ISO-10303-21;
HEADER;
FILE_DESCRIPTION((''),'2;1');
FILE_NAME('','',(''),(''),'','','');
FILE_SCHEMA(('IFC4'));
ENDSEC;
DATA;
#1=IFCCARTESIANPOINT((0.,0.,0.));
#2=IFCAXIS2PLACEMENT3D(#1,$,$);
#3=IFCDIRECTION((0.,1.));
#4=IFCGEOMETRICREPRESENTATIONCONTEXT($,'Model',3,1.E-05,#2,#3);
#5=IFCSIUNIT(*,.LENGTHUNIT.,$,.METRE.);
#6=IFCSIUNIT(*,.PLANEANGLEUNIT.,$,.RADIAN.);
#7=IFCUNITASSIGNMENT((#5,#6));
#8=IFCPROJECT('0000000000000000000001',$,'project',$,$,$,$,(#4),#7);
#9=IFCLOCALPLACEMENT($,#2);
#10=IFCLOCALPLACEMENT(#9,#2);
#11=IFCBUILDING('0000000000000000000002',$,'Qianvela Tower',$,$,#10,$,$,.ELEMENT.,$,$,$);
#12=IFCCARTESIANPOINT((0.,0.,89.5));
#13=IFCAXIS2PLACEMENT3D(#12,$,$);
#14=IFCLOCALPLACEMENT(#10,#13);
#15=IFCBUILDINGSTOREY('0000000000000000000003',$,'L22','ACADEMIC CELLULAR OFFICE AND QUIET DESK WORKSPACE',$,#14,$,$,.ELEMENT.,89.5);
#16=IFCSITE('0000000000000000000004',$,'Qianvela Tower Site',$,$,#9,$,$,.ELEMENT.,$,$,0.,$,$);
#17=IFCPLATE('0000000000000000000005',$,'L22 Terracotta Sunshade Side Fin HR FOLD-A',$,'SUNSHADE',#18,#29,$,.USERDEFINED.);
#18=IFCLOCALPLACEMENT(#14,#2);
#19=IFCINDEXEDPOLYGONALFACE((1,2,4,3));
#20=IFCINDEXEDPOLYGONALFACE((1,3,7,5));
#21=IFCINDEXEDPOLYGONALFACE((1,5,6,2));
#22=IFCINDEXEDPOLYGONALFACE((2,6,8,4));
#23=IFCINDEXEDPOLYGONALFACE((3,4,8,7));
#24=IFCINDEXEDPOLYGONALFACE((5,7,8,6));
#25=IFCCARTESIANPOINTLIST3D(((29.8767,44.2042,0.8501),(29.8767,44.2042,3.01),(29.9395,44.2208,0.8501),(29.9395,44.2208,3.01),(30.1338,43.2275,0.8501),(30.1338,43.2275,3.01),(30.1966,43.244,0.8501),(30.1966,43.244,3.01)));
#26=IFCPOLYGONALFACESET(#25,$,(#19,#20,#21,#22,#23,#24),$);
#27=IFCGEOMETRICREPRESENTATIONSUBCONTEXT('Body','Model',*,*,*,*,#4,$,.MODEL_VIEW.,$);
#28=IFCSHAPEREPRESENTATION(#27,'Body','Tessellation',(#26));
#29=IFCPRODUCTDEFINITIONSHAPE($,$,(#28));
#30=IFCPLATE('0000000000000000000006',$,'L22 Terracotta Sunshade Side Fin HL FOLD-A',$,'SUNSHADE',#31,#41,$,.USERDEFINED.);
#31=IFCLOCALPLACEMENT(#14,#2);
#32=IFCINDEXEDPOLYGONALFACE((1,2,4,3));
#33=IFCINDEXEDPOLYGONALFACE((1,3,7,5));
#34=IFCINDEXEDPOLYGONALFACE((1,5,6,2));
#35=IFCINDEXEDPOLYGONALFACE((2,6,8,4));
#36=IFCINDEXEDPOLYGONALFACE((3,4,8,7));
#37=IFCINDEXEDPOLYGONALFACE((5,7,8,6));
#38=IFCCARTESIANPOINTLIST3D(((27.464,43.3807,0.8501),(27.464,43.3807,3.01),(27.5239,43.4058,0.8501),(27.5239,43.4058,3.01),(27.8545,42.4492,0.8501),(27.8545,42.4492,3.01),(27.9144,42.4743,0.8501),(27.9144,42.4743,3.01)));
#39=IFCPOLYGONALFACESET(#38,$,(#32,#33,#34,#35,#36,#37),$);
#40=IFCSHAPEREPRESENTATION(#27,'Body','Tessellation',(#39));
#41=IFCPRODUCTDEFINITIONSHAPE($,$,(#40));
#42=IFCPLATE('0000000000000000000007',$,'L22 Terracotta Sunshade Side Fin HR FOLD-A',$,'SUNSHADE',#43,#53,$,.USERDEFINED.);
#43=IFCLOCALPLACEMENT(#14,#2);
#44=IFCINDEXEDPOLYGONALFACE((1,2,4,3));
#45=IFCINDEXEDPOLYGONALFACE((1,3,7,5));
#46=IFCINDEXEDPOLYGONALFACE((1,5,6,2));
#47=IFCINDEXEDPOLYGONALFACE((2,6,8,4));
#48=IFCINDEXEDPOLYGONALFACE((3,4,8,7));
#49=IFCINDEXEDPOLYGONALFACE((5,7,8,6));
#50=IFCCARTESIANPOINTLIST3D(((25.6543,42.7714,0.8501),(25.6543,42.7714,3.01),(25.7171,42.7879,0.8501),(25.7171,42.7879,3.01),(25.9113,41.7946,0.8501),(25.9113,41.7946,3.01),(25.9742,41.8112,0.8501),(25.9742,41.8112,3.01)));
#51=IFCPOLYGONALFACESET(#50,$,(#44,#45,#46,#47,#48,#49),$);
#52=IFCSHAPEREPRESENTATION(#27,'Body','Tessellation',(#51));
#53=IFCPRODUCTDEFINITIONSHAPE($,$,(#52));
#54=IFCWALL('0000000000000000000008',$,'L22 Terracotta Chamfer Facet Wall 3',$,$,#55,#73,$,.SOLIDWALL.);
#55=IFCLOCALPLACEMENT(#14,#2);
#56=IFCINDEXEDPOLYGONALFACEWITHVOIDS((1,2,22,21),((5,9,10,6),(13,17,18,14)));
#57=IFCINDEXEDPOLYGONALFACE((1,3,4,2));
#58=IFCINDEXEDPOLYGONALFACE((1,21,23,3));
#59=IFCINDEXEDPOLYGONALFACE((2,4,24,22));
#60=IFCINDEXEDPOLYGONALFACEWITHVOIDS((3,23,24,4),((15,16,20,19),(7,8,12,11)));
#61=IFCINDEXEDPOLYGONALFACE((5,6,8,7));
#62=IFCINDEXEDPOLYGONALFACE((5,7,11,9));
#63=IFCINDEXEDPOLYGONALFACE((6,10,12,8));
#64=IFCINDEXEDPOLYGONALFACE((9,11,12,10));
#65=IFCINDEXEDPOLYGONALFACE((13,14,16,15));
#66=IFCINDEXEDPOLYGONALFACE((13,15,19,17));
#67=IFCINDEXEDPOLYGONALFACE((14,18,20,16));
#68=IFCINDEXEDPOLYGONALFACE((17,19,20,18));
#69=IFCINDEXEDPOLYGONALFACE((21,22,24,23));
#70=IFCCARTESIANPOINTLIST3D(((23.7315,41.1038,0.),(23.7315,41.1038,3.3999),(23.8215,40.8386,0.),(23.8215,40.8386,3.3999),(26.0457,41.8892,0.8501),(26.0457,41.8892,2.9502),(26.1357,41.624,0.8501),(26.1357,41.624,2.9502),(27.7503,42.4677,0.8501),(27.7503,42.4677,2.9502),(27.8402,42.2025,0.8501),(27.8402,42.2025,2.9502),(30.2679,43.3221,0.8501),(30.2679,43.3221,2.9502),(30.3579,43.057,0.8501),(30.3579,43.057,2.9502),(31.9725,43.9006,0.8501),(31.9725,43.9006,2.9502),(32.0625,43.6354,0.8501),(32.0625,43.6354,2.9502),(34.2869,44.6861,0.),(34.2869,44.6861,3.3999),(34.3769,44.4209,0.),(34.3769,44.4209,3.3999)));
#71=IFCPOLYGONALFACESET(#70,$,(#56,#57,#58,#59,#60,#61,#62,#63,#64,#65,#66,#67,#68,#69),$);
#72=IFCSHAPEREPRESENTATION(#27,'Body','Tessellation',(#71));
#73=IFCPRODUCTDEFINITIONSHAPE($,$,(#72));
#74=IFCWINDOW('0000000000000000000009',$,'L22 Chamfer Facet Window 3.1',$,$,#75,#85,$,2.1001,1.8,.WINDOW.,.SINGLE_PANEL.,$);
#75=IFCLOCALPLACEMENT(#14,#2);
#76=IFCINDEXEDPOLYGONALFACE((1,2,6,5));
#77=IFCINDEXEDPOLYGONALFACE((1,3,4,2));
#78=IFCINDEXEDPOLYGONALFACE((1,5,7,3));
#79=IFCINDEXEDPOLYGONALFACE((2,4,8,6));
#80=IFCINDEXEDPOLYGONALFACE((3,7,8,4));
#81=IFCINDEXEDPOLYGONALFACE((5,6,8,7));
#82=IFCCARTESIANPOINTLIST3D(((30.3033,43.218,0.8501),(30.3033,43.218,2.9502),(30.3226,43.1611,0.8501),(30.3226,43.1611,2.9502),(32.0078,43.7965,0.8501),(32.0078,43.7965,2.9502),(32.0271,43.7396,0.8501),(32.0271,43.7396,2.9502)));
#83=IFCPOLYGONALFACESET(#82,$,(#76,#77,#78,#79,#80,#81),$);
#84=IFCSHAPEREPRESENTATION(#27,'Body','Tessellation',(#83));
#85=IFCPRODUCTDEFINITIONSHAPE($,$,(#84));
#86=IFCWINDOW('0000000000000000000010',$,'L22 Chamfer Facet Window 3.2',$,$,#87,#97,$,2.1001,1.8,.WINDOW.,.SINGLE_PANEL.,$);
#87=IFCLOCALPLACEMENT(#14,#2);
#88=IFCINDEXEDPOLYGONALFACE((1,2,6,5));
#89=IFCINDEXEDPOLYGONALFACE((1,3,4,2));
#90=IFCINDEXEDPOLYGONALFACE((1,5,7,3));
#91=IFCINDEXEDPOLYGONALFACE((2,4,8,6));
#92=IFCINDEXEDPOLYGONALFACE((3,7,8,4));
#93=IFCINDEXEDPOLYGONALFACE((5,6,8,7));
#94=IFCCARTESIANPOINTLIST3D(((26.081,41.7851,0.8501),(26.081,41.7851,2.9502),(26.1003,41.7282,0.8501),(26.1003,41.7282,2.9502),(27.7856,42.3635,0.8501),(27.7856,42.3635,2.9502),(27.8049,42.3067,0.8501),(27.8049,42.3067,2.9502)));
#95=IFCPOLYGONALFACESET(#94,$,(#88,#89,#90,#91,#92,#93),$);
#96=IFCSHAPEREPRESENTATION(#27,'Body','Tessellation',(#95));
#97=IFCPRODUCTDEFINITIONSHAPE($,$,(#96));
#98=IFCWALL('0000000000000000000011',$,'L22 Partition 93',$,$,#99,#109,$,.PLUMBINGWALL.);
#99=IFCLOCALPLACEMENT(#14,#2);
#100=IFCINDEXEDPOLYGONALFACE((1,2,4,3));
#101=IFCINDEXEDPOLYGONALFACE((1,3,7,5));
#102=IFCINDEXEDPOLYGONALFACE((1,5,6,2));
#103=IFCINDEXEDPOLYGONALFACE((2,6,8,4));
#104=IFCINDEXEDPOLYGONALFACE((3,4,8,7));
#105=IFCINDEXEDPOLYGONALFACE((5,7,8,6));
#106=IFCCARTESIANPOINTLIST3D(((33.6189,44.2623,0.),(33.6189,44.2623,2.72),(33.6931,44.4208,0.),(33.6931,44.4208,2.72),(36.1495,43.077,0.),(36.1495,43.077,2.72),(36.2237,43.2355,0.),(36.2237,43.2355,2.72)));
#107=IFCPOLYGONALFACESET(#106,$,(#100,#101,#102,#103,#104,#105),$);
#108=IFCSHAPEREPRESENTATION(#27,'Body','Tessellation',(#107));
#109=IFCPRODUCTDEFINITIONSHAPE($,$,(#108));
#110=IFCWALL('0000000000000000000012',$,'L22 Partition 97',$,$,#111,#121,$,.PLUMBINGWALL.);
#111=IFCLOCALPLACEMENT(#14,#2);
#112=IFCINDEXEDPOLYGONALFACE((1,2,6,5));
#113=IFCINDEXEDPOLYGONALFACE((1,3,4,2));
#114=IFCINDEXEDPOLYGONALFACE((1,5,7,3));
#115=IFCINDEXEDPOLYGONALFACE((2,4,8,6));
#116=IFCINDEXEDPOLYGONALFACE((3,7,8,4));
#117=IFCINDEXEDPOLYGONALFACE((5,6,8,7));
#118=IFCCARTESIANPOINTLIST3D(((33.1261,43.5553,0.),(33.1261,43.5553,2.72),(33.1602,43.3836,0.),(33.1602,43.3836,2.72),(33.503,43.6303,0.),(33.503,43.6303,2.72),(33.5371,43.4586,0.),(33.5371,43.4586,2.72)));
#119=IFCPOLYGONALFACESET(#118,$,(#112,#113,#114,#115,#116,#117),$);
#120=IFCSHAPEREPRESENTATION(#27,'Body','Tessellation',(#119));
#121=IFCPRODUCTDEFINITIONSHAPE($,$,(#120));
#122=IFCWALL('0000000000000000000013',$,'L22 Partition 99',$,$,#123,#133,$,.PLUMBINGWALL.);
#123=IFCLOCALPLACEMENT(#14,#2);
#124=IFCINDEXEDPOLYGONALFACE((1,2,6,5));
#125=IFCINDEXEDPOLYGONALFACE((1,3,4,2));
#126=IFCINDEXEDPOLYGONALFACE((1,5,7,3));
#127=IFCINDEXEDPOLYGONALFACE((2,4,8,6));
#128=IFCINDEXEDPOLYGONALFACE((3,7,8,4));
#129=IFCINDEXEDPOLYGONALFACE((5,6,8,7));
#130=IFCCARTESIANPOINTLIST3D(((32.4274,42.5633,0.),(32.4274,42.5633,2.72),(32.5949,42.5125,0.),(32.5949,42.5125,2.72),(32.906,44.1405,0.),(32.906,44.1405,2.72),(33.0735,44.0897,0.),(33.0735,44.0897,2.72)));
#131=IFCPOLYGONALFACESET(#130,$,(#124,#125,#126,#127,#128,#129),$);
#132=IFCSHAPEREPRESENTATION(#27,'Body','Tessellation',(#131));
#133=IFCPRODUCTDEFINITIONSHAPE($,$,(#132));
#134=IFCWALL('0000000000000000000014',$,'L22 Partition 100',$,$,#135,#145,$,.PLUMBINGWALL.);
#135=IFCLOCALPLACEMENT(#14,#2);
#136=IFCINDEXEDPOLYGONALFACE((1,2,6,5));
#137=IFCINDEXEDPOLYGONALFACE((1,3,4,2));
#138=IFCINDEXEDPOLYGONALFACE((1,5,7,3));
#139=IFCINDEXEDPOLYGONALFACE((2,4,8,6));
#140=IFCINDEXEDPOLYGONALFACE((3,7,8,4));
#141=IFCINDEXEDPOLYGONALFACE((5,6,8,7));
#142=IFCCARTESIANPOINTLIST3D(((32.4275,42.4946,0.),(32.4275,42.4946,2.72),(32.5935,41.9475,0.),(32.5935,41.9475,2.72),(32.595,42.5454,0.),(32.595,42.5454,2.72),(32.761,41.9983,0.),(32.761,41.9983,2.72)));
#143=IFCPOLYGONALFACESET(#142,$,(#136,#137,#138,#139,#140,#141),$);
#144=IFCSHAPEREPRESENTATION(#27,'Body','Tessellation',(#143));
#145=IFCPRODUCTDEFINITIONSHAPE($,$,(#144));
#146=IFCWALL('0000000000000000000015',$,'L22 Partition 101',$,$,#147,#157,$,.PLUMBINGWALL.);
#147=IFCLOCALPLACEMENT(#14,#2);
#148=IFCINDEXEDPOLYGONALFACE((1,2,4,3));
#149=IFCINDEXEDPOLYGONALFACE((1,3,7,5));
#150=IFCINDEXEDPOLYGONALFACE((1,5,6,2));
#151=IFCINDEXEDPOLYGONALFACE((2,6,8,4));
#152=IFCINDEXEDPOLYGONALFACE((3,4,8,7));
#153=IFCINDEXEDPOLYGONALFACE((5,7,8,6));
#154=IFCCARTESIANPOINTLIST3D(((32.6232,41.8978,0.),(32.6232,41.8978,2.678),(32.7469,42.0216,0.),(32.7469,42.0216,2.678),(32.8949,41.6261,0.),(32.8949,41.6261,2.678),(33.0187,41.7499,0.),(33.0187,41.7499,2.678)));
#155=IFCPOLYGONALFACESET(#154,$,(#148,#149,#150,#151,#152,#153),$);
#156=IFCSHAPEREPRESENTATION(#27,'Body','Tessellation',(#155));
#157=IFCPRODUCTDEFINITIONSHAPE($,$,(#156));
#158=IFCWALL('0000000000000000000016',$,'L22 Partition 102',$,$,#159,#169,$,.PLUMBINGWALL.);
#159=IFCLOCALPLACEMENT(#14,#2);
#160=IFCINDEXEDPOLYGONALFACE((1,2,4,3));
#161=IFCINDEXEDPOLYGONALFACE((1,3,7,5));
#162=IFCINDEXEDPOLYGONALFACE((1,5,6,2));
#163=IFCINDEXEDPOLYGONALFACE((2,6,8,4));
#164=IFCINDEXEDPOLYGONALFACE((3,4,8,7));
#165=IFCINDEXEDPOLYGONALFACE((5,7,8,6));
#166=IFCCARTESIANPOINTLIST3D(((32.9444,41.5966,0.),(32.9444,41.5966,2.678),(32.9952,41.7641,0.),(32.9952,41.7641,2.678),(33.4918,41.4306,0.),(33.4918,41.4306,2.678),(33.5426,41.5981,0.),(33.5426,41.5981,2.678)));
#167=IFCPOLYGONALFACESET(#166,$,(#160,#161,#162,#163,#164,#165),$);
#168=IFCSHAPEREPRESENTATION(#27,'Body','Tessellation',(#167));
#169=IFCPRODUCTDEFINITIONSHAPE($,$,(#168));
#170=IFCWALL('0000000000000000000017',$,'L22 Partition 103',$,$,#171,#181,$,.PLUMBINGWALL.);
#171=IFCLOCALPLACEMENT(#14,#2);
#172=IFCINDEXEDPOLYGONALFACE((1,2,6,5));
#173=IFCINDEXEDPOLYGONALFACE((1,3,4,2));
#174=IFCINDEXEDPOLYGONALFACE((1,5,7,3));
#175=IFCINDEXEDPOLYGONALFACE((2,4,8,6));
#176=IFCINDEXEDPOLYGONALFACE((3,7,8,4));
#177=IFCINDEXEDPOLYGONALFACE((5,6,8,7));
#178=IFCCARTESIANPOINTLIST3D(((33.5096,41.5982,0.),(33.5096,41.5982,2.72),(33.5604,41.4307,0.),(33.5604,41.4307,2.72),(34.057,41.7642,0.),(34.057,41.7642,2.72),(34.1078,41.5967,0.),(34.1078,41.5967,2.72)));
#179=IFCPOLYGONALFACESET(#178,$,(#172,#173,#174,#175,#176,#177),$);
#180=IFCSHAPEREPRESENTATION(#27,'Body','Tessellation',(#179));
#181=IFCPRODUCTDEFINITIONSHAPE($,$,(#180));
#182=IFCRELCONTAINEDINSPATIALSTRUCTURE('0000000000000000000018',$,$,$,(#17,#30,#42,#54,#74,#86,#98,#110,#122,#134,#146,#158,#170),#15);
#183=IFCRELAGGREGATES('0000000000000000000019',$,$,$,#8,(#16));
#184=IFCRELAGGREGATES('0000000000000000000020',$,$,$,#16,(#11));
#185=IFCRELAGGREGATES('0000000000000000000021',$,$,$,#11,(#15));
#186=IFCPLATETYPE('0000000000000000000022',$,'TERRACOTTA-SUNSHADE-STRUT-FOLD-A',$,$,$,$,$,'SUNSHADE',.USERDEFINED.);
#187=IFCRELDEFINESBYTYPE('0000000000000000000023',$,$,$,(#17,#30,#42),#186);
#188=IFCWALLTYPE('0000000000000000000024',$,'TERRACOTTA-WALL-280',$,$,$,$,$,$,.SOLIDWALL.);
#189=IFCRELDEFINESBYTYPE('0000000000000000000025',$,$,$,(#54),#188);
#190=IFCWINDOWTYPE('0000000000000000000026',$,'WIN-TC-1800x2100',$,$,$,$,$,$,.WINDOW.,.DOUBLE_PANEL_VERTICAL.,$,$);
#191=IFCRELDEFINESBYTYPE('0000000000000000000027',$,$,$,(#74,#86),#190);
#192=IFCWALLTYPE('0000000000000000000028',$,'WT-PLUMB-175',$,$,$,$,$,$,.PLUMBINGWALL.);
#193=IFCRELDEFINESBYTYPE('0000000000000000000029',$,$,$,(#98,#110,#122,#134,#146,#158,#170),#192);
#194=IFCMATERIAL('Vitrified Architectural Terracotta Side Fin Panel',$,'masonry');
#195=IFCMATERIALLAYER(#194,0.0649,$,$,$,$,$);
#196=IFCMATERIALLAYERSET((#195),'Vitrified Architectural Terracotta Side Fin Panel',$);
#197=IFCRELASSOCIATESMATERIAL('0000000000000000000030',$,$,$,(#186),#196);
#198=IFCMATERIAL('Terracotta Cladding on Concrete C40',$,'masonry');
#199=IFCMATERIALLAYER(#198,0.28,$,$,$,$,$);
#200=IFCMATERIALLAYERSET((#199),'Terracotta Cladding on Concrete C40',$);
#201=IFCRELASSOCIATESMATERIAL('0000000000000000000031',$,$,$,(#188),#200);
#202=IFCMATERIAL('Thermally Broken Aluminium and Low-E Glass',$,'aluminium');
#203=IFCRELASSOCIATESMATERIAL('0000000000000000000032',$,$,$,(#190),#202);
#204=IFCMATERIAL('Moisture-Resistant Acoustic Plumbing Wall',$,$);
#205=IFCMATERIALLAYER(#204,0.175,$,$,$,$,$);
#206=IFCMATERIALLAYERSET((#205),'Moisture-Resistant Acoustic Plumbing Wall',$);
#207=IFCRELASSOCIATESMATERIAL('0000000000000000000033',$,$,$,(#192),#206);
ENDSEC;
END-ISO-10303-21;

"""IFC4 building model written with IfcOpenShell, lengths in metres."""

from ifc_helpers import new_model, si_unit, direction, frame, frame_2d, origin, origin_2d, place, context, subcontext, project, spatial, rectangle, extrude, material, layer, layer_set, type_object, element, fill, save


model = new_model("IFC4")

# Units and contexts
model_context = context("Model", 3, precision=1e-05, world=origin(), true_north=direction((0.0, 1.0)))
body_context = subcontext(model_context, "Body", "Model", "MODEL_VIEW")
ifc_project = project(units=[si_unit("LENGTHUNIT", "METRE"), si_unit("PLANEANGLEUNIT", "RADIAN")], contexts=[model_context])

# Site, building, storey
site_placement = place(None, origin())
site = spatial("IfcSite", under=ifc_project, at=site_placement, Name="Qianvela Tower Site", CompositionType="ELEMENT", RefElevation=0.0)
building_placement = place(site_placement, origin())
building = spatial("IfcBuilding", under=site, at=building_placement, Name="Qianvela Tower", CompositionType="ELEMENT")
storey_placement = place(building_placement, frame((0.0, 0.0, 89.5)))
storey = spatial("IfcBuildingStorey", under=building, at=storey_placement, Name="L22", Description="ACADEMIC CELLULAR OFFICE AND QUIET DESK WORKSPACE", CompositionType="ELEMENT", Elevation=89.5)

# Plates
ifc_material_1 = material(Name="Vitrified Architectural Terracotta Side Fin Panel", Category="masonry")
ifc_layer_1 = layer(ifc_material_1, 0.0649)
ifc_layer_set_1 = layer_set([ifc_layer_1], Name="Vitrified Architectural Terracotta Side Fin Panel")
plate_type_1 = type_object("IfcPlateType", Name="TERRACOTTA-SUNSHADE-STRUT-FOLD-A", ElementType="SUNSHADE", PredefinedType="USERDEFINED", material=ifc_layer_set_1)
for number, where, z_axis, x_axis, name in (
    (1, (30.0366, 43.7241, 0.8501), (0.0, 0.0, 1.0), (-0.967063, -0.254536, 0.0), "L22 Terracotta Sunshade Side Fin HR FOLD-A"),
    (2, (27.6892, 42.9275, 0.8501), (0.0, 0.0, 1.0), (-0.922227, -0.386648, 0.0), "L22 Terracotta Sunshade Side Fin HL FOLD-A"),
    (3, (25.8142, 42.2913, 0.8501), (0.0, 0.0, 1.0), (-0.967063, -0.254536, 0.0), "L22 Terracotta Sunshade Side Fin HR FOLD-A"),
):
    element("IfcPlate", number, at=place(storey_placement, frame(where, z_axis=z_axis, x_axis=x_axis)), inside=storey, type_object=plate_type_1, Name=name, ObjectType="SUNSHADE", PredefinedType="USERDEFINED", context=body_context, shape_type="SweptSolid", body=[
        extrude(rectangle(XDim=0.0649, YDim=1.01, at=origin_2d()), origin(), (0.0, 0.0, 1.0), 2.1599),
    ])

# Wall, openings, windows
ifc_material_2 = material(Name="Terracotta Cladding on Concrete C40", Category="masonry")
ifc_layer_2 = layer(ifc_material_2, 0.28)
ifc_layer_set_2 = layer_set([ifc_layer_2], Name="Terracotta Cladding on Concrete C40")
wall_type_1 = type_object("IfcWallType", Name="TERRACOTTA-WALL-280", PredefinedType="SOLIDWALL", material=ifc_layer_set_2)
wall_1_placement = place(storey_placement, frame((34.3318, 44.5535, 0.0), z_axis=(0.0, 0.0, 1.0), x_axis=(-0.946952, -0.321375, 0.0)))
wall_1 = element("IfcWall", 4, at=wall_1_placement, inside=storey, type_object=wall_type_1, Name="L22 Terracotta Chamfer Facet Wall 3", PredefinedType="SOLIDWALL", context=body_context, shape_type="SweptSolid", body=[
    extrude(rectangle(XDim=11.1467, YDim=0.28, at=frame_2d((5.5732, 0.0))), origin(), (0.0, 0.0, 1.0), 3.3999),
])
opening_1_placement = place(wall_1_placement, frame((2.4441, 0.0, 0.8501)))
opening_1 = element("IfcOpeningElement", 5, at=opening_1_placement, cuts=wall_1, PredefinedType="OPENING", context=body_context, shape_type="SweptSolid", body=[
    extrude(rectangle(XDim=1.8, YDim=2.1001, at=frame_2d((0.8999, 1.05))), frame((0.0, 0.1499, 0.0), z_axis=(0.0, -1.0, 0.0), x_axis=(1.0, 0.0, 0.0)), (0.0, 0.0, 1.0), 0.3),
])
opening_2_placement = place(wall_1_placement, frame((6.9028, 0.0, 0.8501)))
opening_2 = element("IfcOpeningElement", 6, at=opening_2_placement, cuts=wall_1, PredefinedType="OPENING", context=body_context, shape_type="SweptSolid", body=[
    extrude(rectangle(XDim=1.8, YDim=2.1001, at=frame_2d((0.8999, 1.05))), frame((0.0, 0.1499, 0.0), z_axis=(0.0, -1.0, 0.0), x_axis=(1.0, 0.0, 0.0)), (0.0, 0.0, 1.0), 0.3),
])
ifc_material_3 = material(Name="Thermally Broken Aluminium and Low-E Glass", Category="aluminium")
window_type = type_object("IfcWindowType", Name="WIN-TC-1800x2100", PartitioningType="DOUBLE_PANEL_VERTICAL", PredefinedType="WINDOW", material=ifc_material_3)
window_1_placement = place(opening_1_placement, origin())
window_1 = element("IfcWindow", 7, at=window_1_placement, inside=storey, type_object=window_type, Name="L22 Chamfer Facet Window 3.1", OverallHeight=2.1001, OverallWidth=1.8, PartitioningType="SINGLE_PANEL", PredefinedType="WINDOW", context=body_context, shape_type="SweptSolid", body=[
    extrude(rectangle(XDim=1.8, YDim=2.1001, at=frame_2d((0.8999, 1.05))), frame((0.0, 0.03, 0.0), z_axis=(0.0, -1.0, 0.0), x_axis=(1.0, 0.0, 0.0)), (0.0, 0.0, 1.0), 0.0601),
])
fill(opening_1, window_1)
window_2_placement = place(opening_2_placement, origin())
window_2 = element("IfcWindow", 8, at=window_2_placement, inside=storey, type_object=window_type, Name="L22 Chamfer Facet Window 3.2", OverallHeight=2.1001, OverallWidth=1.8, PartitioningType="SINGLE_PANEL", PredefinedType="WINDOW", context=body_context, shape_type="SweptSolid", body=[
    extrude(rectangle(XDim=1.8, YDim=2.1001, at=frame_2d((0.8999, 1.05))), frame((0.0, 0.03, 0.0), z_axis=(0.0, -1.0, 0.0), x_axis=(1.0, 0.0, 0.0)), (0.0, 0.0, 1.0), 0.0601),
])
fill(opening_2, window_2)

# Walls
ifc_material_4 = material(Name="Moisture-Resistant Acoustic Plumbing Wall")
ifc_layer_3 = layer(ifc_material_4, 0.175)
ifc_layer_set_3 = layer_set([ifc_layer_3], Name="Moisture-Resistant Acoustic Plumbing Wall")
wall_type_2 = type_object("IfcWallType", Name="WT-PLUMB-175", PredefinedType="PLUMBINGWALL", material=ifc_layer_set_3)
wall_2_placement = place(storey_placement, frame((33.656, 44.3416, 0.0), z_axis=(0.0, 0.0, 1.0), x_axis=(0.90558, -0.424176, 0.0)))
element("IfcWall", 9, at=wall_2_placement, inside=storey, type_object=wall_type_2, Name="L22 Partition 93", PredefinedType="PLUMBINGWALL", context=body_context, shape_type="SweptSolid", body=[
    extrude(rectangle(XDim=2.7944, YDim=0.175, at=frame_2d((1.3972, 0.0))), origin(), (0.0, 0.0, 1.0), 2.72),
])
wall_3_placement = place(storey_placement, frame((33.52, 43.5444, 0.0), z_axis=(0.0, 0.0, 1.0), x_axis=(-0.9808, -0.195017, 0.0)))
element("IfcWall", 10, at=wall_3_placement, inside=storey, type_object=wall_type_2, Name="L22 Partition 97", PredefinedType="PLUMBINGWALL", context=body_context, shape_type="SweptSolid", body=[
    extrude(rectangle(XDim=0.3843, YDim=0.175, at=frame_2d((0.1921, 0.0))), origin(), (0.0, 0.0, 1.0), 2.72),
])
wall_4_placement = place(storey_placement, frame((32.9897, 44.1152, 0.0), z_axis=(0.0, 0.0, 1.0), x_axis=(-0.290336, -0.956925, 0.0)))
element("IfcWall", 11, at=wall_4_placement, inside=storey, type_object=wall_type_2, Name="L22 Partition 99", PredefinedType="PLUMBINGWALL", context=body_context, shape_type="SweptSolid", body=[
    extrude(rectangle(XDim=1.6482, YDim=0.175, at=frame_2d((0.8242, 0.0))), origin(), (0.0, 0.0, 1.0), 2.72),
])
wall_5_placement = place(storey_placement, frame((32.5112, 42.52, 0.0), z_axis=(0.0, 0.0, 1.0), x_axis=(0.290363, -0.956917, 0.0)))
element("IfcWall", 12, at=wall_5_placement, inside=storey, type_object=wall_type_2, Name="L22 Partition 100", PredefinedType="PLUMBINGWALL", context=body_context, shape_type="SweptSolid", body=[
    extrude(rectangle(XDim=0.5718, YDim=0.175, at=frame_2d((0.2859, 0.0))), origin(), (0.0, 0.0, 1.0), 2.72),
])
wall_6_placement = place(storey_placement, frame((32.6851, 41.9597, 0.0), z_axis=(0.0, 0.0, 1.0), x_axis=(0.707107, -0.707107, 0.0)))
element("IfcWall", 13, at=wall_6_placement, inside=storey, type_object=wall_type_2, Name="L22 Partition 101", PredefinedType="PLUMBINGWALL", context=body_context, shape_type="SweptSolid", body=[
    extrude(rectangle(XDim=0.3843, YDim=0.175, at=frame_2d((0.1921, 0.0))), origin(), (0.0, 0.0, 1.0), 2.678),
])
wall_7_placement = place(storey_placement, frame((32.9697, 41.6804, 0.0), z_axis=(0.0, 0.0, 1.0), x_axis=(0.956953, -0.290244, 0.0)))
element("IfcWall", 14, at=wall_7_placement, inside=storey, type_object=wall_type_2, Name="L22 Partition 102", PredefinedType="PLUMBINGWALL", context=body_context, shape_type="SweptSolid", body=[
    extrude(rectangle(XDim=0.572, YDim=0.175, at=frame_2d((0.2861, 0.0))), origin(), (0.0, 0.0, 1.0), 2.678),
])
wall_8_placement = place(storey_placement, frame((33.5349, 41.5144, 0.0), z_axis=(0.0, 0.0, 1.0), x_axis=(0.956953, 0.290244, 0.0)))
element("IfcWall", 15, at=wall_8_placement, inside=storey, type_object=wall_type_2, Name="L22 Partition 103", PredefinedType="PLUMBINGWALL", context=body_context, shape_type="SweptSolid", body=[
    extrude(rectangle(XDim=0.572, YDim=0.175, at=frame_2d((0.2861, 0.0))), origin(), (0.0, 0.0, 1.0), 2.72),
])

save(model, "model.ifc")
